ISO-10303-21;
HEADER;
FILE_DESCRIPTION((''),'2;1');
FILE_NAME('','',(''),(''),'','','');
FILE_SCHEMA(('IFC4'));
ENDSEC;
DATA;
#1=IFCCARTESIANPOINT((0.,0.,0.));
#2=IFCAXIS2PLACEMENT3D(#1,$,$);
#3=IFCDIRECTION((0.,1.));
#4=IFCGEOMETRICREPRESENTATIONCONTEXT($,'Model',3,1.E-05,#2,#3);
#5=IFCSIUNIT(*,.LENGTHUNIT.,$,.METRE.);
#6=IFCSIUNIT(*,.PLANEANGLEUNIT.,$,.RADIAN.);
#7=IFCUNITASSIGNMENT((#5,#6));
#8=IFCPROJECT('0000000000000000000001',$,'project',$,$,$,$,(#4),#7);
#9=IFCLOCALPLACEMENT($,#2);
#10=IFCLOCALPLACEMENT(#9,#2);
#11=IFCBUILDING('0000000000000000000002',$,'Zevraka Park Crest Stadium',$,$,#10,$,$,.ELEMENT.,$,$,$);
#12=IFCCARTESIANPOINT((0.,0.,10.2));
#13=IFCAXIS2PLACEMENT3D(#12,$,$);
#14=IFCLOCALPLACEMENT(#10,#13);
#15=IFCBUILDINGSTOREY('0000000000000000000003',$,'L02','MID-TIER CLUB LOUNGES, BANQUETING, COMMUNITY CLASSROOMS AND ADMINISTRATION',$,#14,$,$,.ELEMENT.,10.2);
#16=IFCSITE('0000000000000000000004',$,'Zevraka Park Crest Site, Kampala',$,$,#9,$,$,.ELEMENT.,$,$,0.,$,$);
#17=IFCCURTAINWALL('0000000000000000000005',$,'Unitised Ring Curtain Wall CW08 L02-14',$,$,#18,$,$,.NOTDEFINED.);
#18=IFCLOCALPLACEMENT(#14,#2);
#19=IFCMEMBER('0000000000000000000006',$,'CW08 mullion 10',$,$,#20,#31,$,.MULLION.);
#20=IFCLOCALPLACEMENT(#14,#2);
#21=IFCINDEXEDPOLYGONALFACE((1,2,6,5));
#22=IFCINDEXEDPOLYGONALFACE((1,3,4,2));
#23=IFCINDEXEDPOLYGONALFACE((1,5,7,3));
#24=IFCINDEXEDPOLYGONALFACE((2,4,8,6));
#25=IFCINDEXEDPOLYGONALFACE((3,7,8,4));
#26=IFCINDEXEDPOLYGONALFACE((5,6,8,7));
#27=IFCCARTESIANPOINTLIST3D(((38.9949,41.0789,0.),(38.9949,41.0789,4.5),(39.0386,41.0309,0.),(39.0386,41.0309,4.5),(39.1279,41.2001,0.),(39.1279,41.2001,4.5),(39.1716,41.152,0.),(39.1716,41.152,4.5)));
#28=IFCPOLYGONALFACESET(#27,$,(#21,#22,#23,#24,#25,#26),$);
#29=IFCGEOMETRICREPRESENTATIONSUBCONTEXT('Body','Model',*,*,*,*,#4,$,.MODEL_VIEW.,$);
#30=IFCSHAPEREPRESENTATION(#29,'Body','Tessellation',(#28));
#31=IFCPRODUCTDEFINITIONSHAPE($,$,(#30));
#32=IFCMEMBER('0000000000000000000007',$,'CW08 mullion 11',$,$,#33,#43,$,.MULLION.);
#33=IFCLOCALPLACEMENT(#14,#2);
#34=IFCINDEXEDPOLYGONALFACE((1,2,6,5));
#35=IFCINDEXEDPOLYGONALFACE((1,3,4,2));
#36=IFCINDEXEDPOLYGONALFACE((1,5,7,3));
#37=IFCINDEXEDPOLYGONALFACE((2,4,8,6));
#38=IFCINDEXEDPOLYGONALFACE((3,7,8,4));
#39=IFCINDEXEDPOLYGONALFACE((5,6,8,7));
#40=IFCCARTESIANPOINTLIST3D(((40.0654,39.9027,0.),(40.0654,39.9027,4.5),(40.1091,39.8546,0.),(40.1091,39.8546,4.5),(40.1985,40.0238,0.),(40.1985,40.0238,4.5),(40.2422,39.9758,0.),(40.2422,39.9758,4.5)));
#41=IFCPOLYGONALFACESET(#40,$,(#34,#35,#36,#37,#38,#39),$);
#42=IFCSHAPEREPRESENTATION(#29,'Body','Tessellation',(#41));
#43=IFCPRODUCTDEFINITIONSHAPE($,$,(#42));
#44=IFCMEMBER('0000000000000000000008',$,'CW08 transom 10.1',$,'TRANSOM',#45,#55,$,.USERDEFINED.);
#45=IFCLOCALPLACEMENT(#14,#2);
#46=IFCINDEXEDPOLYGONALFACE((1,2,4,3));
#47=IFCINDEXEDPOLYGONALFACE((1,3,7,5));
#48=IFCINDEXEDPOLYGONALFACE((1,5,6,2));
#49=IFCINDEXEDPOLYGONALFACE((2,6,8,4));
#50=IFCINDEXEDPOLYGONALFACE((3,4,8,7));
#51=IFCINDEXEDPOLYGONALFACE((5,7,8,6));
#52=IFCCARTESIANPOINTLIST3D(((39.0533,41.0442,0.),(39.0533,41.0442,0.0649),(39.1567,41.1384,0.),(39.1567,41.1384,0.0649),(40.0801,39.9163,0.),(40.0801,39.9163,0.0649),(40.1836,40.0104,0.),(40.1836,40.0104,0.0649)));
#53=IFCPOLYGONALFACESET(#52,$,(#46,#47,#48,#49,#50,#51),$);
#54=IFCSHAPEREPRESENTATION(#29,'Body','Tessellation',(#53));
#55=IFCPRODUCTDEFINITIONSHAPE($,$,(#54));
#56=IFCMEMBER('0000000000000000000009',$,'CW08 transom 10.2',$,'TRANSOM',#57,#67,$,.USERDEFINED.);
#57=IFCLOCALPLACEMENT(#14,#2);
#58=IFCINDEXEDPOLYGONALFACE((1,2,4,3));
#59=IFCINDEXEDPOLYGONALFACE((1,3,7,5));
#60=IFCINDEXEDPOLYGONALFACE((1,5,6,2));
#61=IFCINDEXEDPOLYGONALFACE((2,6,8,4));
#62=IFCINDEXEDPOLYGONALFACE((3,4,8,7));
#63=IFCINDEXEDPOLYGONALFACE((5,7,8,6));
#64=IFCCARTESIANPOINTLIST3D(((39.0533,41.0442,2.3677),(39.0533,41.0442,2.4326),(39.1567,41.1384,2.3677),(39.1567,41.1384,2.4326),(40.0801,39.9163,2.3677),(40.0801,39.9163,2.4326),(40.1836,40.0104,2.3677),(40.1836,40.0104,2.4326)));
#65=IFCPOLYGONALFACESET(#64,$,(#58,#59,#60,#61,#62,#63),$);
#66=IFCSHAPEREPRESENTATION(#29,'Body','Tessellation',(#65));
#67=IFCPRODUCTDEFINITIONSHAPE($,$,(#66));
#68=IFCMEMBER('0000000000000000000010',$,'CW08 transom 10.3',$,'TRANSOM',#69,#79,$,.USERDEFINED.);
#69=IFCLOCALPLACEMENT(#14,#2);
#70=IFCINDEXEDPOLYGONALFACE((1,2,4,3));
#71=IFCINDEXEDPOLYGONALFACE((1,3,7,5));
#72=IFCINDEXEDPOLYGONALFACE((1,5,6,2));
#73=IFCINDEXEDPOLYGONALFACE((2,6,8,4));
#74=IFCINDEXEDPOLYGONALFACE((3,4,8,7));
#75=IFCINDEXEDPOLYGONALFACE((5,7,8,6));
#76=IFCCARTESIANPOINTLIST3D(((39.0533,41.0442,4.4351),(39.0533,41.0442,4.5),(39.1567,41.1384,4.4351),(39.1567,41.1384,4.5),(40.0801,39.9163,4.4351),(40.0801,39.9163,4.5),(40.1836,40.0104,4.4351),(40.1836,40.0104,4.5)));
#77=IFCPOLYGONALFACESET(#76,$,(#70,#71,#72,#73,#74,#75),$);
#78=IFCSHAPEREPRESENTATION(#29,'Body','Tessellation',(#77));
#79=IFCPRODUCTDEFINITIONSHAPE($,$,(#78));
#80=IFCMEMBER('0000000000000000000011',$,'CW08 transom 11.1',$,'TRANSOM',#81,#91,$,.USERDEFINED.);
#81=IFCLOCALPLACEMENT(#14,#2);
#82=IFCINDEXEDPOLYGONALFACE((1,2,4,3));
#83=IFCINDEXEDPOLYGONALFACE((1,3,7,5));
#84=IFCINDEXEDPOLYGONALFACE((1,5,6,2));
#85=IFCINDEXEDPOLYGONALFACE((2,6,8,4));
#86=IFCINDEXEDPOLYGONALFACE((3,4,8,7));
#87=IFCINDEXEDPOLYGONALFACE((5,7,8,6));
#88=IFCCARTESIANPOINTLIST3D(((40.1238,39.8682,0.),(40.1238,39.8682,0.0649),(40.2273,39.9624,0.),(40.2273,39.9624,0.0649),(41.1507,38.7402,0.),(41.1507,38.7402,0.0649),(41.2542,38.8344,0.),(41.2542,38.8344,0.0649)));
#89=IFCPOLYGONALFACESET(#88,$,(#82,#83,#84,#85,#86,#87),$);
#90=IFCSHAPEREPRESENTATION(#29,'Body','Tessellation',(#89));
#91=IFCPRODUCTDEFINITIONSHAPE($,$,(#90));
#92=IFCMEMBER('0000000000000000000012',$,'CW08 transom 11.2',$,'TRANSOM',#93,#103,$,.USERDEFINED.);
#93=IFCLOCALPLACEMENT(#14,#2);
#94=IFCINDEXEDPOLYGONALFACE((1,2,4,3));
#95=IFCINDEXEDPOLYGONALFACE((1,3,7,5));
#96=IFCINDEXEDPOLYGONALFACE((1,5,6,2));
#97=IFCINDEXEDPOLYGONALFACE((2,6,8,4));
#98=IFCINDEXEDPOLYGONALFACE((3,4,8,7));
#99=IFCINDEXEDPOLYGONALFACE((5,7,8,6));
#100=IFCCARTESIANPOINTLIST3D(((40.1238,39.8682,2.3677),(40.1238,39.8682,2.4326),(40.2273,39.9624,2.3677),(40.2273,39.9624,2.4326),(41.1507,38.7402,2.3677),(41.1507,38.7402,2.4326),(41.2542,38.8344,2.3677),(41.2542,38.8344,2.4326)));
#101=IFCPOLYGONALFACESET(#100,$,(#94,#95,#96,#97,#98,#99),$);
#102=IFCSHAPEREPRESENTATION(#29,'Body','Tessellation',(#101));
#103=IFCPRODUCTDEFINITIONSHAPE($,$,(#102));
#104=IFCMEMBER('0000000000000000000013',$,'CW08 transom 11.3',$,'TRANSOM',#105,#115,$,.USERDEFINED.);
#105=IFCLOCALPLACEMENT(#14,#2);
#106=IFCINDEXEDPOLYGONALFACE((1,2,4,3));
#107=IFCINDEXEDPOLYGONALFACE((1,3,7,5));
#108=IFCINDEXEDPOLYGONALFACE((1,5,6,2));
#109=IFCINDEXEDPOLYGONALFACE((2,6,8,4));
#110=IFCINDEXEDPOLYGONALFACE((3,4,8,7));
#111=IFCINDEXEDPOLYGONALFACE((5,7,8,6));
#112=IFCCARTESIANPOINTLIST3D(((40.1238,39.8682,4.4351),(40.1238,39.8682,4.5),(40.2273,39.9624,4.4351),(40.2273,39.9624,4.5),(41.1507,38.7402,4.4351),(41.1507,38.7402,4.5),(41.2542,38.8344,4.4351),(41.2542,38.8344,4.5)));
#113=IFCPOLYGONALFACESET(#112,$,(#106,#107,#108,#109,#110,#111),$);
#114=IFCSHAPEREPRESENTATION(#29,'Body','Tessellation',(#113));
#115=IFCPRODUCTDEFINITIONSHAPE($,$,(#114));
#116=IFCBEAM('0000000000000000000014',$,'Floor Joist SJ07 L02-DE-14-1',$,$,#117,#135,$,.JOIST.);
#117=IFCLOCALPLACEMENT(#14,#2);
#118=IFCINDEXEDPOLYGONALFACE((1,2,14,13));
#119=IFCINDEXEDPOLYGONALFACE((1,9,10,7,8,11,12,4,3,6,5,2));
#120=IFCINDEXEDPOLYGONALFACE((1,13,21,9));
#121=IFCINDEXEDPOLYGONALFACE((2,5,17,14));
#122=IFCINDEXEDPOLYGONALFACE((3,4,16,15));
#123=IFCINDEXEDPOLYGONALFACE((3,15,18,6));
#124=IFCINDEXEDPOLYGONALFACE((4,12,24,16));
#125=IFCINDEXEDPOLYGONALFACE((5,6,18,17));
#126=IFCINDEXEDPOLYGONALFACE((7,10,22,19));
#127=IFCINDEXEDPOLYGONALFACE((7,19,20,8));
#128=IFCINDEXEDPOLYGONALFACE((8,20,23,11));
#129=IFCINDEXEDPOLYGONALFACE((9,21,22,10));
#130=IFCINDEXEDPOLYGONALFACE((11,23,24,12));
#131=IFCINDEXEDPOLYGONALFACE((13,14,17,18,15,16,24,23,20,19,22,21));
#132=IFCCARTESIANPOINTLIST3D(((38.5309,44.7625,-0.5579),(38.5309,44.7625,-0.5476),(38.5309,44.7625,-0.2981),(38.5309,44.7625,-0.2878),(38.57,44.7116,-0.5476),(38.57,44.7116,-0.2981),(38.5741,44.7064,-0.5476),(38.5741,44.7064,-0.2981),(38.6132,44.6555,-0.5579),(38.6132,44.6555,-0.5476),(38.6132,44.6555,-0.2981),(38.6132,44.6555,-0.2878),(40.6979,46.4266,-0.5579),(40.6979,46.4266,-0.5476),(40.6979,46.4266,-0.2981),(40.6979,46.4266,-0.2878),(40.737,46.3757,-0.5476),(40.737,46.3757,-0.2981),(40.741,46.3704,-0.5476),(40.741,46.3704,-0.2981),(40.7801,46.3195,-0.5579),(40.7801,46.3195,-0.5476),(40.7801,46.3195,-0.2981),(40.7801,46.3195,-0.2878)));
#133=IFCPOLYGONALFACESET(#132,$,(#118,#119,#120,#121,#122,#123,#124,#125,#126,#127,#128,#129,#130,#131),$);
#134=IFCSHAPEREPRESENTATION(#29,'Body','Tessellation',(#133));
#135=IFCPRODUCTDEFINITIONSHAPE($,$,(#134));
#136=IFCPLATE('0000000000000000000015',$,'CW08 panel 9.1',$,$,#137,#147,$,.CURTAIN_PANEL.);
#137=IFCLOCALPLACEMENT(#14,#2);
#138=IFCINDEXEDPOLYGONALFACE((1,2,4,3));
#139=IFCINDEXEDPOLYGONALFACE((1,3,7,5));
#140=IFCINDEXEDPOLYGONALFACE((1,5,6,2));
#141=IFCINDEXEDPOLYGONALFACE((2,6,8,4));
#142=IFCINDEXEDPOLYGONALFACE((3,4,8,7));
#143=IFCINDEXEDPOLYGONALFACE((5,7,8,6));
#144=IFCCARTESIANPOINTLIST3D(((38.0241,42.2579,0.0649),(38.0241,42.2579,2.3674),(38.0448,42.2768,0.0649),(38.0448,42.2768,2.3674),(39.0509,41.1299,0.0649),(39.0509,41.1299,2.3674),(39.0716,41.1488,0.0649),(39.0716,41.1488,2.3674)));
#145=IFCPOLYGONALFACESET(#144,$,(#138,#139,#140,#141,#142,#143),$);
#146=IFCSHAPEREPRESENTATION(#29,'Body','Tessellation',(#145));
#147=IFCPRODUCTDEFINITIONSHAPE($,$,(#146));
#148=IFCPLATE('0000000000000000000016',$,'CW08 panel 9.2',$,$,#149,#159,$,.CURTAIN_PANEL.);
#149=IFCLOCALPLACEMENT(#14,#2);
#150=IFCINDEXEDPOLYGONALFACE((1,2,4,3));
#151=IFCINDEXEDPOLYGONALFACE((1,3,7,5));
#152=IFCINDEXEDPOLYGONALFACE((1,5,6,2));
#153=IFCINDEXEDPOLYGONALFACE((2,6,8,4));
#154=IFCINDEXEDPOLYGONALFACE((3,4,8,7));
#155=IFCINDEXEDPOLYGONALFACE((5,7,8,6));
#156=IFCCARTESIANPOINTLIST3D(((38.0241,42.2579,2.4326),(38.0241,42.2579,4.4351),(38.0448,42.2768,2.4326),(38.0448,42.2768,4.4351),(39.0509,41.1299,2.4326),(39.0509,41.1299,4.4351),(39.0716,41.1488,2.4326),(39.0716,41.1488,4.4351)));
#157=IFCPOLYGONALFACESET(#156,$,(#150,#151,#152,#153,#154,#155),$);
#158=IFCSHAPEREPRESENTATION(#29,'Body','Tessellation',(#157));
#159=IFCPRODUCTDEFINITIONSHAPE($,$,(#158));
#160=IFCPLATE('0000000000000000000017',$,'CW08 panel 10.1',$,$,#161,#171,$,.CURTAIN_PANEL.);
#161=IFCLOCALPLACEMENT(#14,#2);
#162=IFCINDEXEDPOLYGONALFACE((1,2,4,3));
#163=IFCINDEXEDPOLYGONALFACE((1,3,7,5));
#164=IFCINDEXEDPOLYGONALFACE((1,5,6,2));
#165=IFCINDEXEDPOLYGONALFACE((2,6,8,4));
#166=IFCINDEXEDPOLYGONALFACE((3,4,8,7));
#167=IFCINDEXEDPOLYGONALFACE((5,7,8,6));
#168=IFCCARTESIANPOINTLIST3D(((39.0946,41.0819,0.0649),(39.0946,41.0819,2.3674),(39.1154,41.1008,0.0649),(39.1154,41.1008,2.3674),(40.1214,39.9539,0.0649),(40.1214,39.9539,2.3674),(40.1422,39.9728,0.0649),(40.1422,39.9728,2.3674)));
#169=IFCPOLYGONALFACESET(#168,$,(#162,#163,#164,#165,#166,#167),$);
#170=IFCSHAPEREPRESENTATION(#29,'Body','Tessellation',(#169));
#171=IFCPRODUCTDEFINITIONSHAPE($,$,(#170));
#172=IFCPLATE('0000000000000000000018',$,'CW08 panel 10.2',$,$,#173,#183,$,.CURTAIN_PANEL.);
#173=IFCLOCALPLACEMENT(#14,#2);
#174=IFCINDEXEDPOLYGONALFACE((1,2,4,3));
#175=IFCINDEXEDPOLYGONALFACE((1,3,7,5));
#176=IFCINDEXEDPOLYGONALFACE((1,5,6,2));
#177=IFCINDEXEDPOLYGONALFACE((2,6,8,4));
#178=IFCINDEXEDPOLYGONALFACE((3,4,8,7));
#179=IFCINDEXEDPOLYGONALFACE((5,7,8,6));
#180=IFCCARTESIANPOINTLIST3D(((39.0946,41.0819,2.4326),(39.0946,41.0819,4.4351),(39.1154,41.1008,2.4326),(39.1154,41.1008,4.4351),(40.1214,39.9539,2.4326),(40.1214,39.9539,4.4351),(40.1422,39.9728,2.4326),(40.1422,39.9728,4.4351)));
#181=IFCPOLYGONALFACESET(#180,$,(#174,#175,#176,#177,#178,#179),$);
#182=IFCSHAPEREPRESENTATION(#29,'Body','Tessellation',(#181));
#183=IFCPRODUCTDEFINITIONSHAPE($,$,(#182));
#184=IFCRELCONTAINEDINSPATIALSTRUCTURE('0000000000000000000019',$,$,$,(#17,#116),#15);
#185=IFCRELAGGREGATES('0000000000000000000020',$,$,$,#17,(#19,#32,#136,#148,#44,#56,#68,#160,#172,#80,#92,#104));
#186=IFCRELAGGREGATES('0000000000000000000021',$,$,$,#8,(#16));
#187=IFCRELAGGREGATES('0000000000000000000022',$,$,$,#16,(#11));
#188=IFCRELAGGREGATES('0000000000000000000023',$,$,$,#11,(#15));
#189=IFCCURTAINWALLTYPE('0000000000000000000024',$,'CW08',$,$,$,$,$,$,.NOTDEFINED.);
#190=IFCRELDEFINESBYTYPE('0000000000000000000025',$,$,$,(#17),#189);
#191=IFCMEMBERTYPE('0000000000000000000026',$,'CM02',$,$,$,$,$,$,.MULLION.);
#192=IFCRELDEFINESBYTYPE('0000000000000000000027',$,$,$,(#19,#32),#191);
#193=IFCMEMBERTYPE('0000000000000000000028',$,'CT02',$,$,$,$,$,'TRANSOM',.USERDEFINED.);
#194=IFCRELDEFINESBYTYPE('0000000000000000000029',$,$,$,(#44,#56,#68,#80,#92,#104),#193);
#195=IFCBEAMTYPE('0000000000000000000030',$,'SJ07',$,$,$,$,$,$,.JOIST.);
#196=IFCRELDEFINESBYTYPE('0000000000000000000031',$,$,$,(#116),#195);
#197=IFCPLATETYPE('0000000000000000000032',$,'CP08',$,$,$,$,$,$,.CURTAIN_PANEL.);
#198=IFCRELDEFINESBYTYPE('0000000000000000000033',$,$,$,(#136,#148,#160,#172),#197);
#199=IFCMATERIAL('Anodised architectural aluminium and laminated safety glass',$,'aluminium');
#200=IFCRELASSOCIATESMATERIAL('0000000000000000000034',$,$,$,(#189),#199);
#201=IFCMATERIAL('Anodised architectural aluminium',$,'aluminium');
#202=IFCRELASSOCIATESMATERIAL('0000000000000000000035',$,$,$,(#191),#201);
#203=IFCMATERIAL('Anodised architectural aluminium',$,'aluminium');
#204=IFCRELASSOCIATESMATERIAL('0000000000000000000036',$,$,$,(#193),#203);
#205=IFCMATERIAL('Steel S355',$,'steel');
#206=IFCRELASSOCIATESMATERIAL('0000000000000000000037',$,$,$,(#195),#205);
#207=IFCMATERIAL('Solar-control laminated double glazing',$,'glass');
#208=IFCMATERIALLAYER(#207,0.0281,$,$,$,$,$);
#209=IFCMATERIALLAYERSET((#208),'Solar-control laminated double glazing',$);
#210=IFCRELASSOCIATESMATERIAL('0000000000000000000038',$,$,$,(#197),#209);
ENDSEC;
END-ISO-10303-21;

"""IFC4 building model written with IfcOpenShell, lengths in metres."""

from ifc_helpers import new_model, si_unit, direction, frame, origin, origin_2d, place, context, subcontext, project, spatial, rectangle, i_section, extrude, material, layer, layer_set, material_profile, profile_set, type_object, element, aggregate, save


model = new_model("IFC4")

# Units and contexts
model_context = context("Model", 3, precision=1e-05, world=origin(), true_north=direction((0.0, 1.0)))
body_context = subcontext(model_context, "Body", "Model", "MODEL_VIEW")
ifc_project = project(units=[si_unit("LENGTHUNIT", "METRE"), si_unit("PLANEANGLEUNIT", "RADIAN")], contexts=[model_context])

# Site, building, storey
site_placement = place(None, origin())
site = spatial("IfcSite", under=ifc_project, at=site_placement, Name="Zevraka Park Crest Site, Kampala", CompositionType="ELEMENT", RefElevation=0.0)
building_placement = place(site_placement, origin())
building = spatial("IfcBuilding", under=site, at=building_placement, Name="Zevraka Park Crest Stadium", CompositionType="ELEMENT")
storey_placement = place(building_placement, frame((0.0, 0.0, 10.2)))
storey = spatial("IfcBuildingStorey", under=building, at=storey_placement, Name="L02", Description="MID-TIER CLUB LOUNGES, BANQUETING, COMMUNITY CLASSROOMS AND ADMINISTRATION", CompositionType="ELEMENT", Elevation=10.2)

# Curtain wall, members
ifc_material_1 = material(Name="Anodised architectural aluminium and laminated safety glass", Category="aluminium")
curtain_wall_type = type_object("IfcCurtainWallType", Name="CW08", PredefinedType="NOTDEFINED", material=ifc_material_1)
curtain_wall_placement = place(storey_placement, origin())
curtain_wall = element("IfcCurtainWall", 1, at=curtain_wall_placement, inside=storey, type_object=curtain_wall_type, Name="Unitised Ring Curtain Wall CW08 L02-14", PredefinedType="NOTDEFINED")
ifc_material_2 = material(Name="Anodised architectural aluminium", Category="aluminium")
ifc_material_profile_1 = material_profile(ifc_material_2, rectangle(XDim=0.1799, YDim=0.0649, at=origin_2d()), Name="ALU MULLION 180x65")
ifc_profile_set_1 = profile_set([ifc_material_profile_1], Name="Anodised architectural aluminium")
member_type_1 = type_object("IfcMemberType", Name="CM02", PredefinedType="MULLION", material=ifc_profile_set_1)
member_1_placement = place(storey_placement, frame((39.0833, 41.1155, 0.0), z_axis=(0.0, 0.0, 1.0), x_axis=(0.739497, 0.67316, 0.0)))
member_1 = element("IfcMember", 2, at=member_1_placement, type_object=member_type_1, Name="CW08 mullion 10", PredefinedType="MULLION", context=body_context, shape_type="SweptSolid", body=[
    extrude(rectangle(XDim=0.1799, YDim=0.0649, at=origin_2d()), origin(), (0.0, 0.0, 1.0), 4.5),
])
member_2_placement = place(storey_placement, frame((40.1538, 39.9392, 0.0), z_axis=(0.0, 0.0, 1.0), x_axis=(0.739497, 0.67316, 0.0)))
member_2 = element("IfcMember", 3, at=member_2_placement, type_object=member_type_1, Name="CW08 mullion 11", PredefinedType="MULLION", context=body_context, shape_type="SweptSolid", body=[
    extrude(rectangle(XDim=0.1799, YDim=0.0649, at=origin_2d()), origin(), (0.0, 0.0, 1.0), 4.5),
])
ifc_material_3 = material(Name="Anodised architectural aluminium", Category="aluminium")
ifc_material_profile_2 = material_profile(ifc_material_3, rectangle(XDim=0.1399, YDim=0.0649, at=origin_2d()), Name="ALU TRANSOM 140x65")
ifc_profile_set_2 = profile_set([ifc_material_profile_2], Name="Anodised architectural aluminium")
member_type_2 = type_object("IfcMemberType", Name="CT02", ElementType="TRANSOM", PredefinedType="USERDEFINED", material=ifc_profile_set_2)
member_3_placement = place(storey_placement, frame((39.105, 41.0913, 0.0325), z_axis=(0.673198, -0.739462, 0.0), x_axis=(0.739462, 0.673198, 0.0)))
member_3 = element("IfcMember", 4, at=member_3_placement, type_object=member_type_2, Name="CW08 transom 10.1", ObjectType="TRANSOM", PredefinedType="USERDEFINED", context=body_context, shape_type="SweptSolid", body=[
    extrude(rectangle(XDim=0.1399, YDim=0.0649, at=origin_2d()), origin(), (0.0, 0.0, 1.0), 1.5254),
])
member_4_placement = place(storey_placement, frame((39.105, 41.0913, 2.4001), z_axis=(0.673198, -0.739462, 0.0), x_axis=(0.739462, 0.673198, 0.0)))
member_4 = element("IfcMember", 5, at=member_4_placement, type_object=member_type_2, Name="CW08 transom 10.2", ObjectType="TRANSOM", PredefinedType="USERDEFINED", context=body_context, shape_type="SweptSolid", body=[
    extrude(rectangle(XDim=0.1399, YDim=0.0649, at=origin_2d()), origin(), (0.0, 0.0, 1.0), 1.5254),
])
member_5_placement = place(storey_placement, frame((39.105, 41.0913, 4.4675), z_axis=(0.673198, -0.739462, 0.0), x_axis=(0.739462, 0.673198, 0.0)))
member_5 = element("IfcMember", 6, at=member_5_placement, type_object=member_type_2, Name="CW08 transom 10.3", ObjectType="TRANSOM", PredefinedType="USERDEFINED", context=body_context, shape_type="SweptSolid", body=[
    extrude(rectangle(XDim=0.1399, YDim=0.0649, at=origin_2d()), origin(), (0.0, 0.0, 1.0), 1.5254),
])
member_6_placement = place(storey_placement, frame((40.1755, 39.9153, 0.0325), z_axis=(0.673198, -0.739462, 0.0), x_axis=(0.739462, 0.673198, 0.0)))
member_6 = element("IfcMember", 7, at=member_6_placement, type_object=member_type_2, Name="CW08 transom 11.1", ObjectType="TRANSOM", PredefinedType="USERDEFINED", context=body_context, shape_type="SweptSolid", body=[
    extrude(rectangle(XDim=0.1399, YDim=0.0649, at=origin_2d()), origin(), (0.0, 0.0, 1.0), 1.5254),
])
member_7_placement = place(storey_placement, frame((40.1755, 39.9153, 2.4001), z_axis=(0.673198, -0.739462, 0.0), x_axis=(0.739462, 0.673198, 0.0)))
member_7 = element("IfcMember", 8, at=member_7_placement, type_object=member_type_2, Name="CW08 transom 11.2", ObjectType="TRANSOM", PredefinedType="USERDEFINED", context=body_context, shape_type="SweptSolid", body=[
    extrude(rectangle(XDim=0.1399, YDim=0.0649, at=origin_2d()), origin(), (0.0, 0.0, 1.0), 1.5254),
])
member_8_placement = place(storey_placement, frame((40.1755, 39.9153, 4.4675), z_axis=(0.673198, -0.739462, 0.0), x_axis=(0.739462, 0.673198, 0.0)))
member_8 = element("IfcMember", 9, at=member_8_placement, type_object=member_type_2, Name="CW08 transom 11.3", ObjectType="TRANSOM", PredefinedType="USERDEFINED", context=body_context, shape_type="SweptSolid", body=[
    extrude(rectangle(XDim=0.1399, YDim=0.0649, at=origin_2d()), origin(), (0.0, 0.0, 1.0), 1.5254),
])

# Beam
ifc_material_4 = material(Name="Steel S355", Category="steel")
ifc_material_profile_3 = material_profile(ifc_material_4, i_section(OverallWidth=0.135, OverallDepth=0.27, WebThickness=0.0066, FlangeThickness=0.0103, at=origin_2d()), Name="IPE 270")
ifc_profile_set_3 = profile_set([ifc_material_profile_3], Name="Steel S355")
beam_type = type_object("IfcBeamType", Name="SJ07", PredefinedType="JOIST", material=ifc_profile_set_3)
beam_placement = place(storey_placement, frame((40.739, 46.373, -0.4229), z_axis=(-0.793129, -0.609054, 0.0), x_axis=(0.609054, -0.793129, 0.0)))
element("IfcBeam", 10, at=beam_placement, inside=storey, type_object=beam_type, Name="Floor Joist SJ07 L02-DE-14-1", PredefinedType="JOIST", context=body_context, shape_type="SweptSolid", body=[
    extrude(i_section(OverallWidth=0.135, OverallDepth=0.27, WebThickness=0.0066, FlangeThickness=0.0103, at=origin_2d()), origin(), (0.0, 0.0, 1.0), 2.7322),
])

# Plates
ifc_material_5 = material(Name="Solar-control laminated double glazing", Category="glass")
ifc_layer_1 = layer(ifc_material_5, 0.0281)
ifc_layer_set_1 = layer_set([ifc_layer_1], Name="Solar-control laminated double glazing")
plate_type = type_object("IfcPlateType", Name="CP08", PredefinedType="CURTAIN_PANEL", material=ifc_layer_set_1)
plate_1_placement = place(storey_placement, frame((38.5479, 41.7034, 0.0649), z_axis=(0.0, 0.0, 1.0), x_axis=(0.67316, -0.739497, 0.0)))
plate_1 = element("IfcPlate", 11, at=plate_1_placement, type_object=plate_type, Name="CW08 panel 9.1", PredefinedType="CURTAIN_PANEL", context=body_context, shape_type="SweptSolid", body=[
    extrude(rectangle(XDim=1.5254, YDim=0.0281, at=origin_2d()), origin(), (0.0, 0.0, 1.0), 2.3025),
])
plate_2_placement = place(storey_placement, frame((38.5479, 41.7034, 2.4326), z_axis=(0.0, 0.0, 1.0), x_axis=(0.67316, -0.739497, 0.0)))
plate_2 = element("IfcPlate", 12, at=plate_2_placement, type_object=plate_type, Name="CW08 panel 9.2", PredefinedType="CURTAIN_PANEL", context=body_context, shape_type="SweptSolid", body=[
    extrude(rectangle(XDim=1.5254, YDim=0.0281, at=origin_2d()), origin(), (0.0, 0.0, 1.0), 2.0024),
])
plate_3_placement = place(storey_placement, frame((39.6184, 40.5273, 0.0649), z_axis=(0.0, 0.0, 1.0), x_axis=(0.67316, -0.739497, 0.0)))
plate_3 = element("IfcPlate", 13, at=plate_3_placement, type_object=plate_type, Name="CW08 panel 10.1", PredefinedType="CURTAIN_PANEL", context=body_context, shape_type="SweptSolid", body=[
    extrude(rectangle(XDim=1.5254, YDim=0.0281, at=origin_2d()), origin(), (0.0, 0.0, 1.0), 2.3025),
])
plate_4_placement = place(storey_placement, frame((39.6184, 40.5273, 2.4326), z_axis=(0.0, 0.0, 1.0), x_axis=(0.67316, -0.739497, 0.0)))
plate_4 = element("IfcPlate", 14, at=plate_4_placement, type_object=plate_type, Name="CW08 panel 10.2", PredefinedType="CURTAIN_PANEL", context=body_context, shape_type="SweptSolid", body=[
    extrude(rectangle(XDim=1.5254, YDim=0.0281, at=origin_2d()), origin(), (0.0, 0.0, 1.0), 2.0024),
])
aggregate(curtain_wall, [member_1, member_2, plate_1, plate_2, member_3, member_4, member_5, plate_3, plate_4, member_6, member_7, member_8])

save(model, "model.ifc")
